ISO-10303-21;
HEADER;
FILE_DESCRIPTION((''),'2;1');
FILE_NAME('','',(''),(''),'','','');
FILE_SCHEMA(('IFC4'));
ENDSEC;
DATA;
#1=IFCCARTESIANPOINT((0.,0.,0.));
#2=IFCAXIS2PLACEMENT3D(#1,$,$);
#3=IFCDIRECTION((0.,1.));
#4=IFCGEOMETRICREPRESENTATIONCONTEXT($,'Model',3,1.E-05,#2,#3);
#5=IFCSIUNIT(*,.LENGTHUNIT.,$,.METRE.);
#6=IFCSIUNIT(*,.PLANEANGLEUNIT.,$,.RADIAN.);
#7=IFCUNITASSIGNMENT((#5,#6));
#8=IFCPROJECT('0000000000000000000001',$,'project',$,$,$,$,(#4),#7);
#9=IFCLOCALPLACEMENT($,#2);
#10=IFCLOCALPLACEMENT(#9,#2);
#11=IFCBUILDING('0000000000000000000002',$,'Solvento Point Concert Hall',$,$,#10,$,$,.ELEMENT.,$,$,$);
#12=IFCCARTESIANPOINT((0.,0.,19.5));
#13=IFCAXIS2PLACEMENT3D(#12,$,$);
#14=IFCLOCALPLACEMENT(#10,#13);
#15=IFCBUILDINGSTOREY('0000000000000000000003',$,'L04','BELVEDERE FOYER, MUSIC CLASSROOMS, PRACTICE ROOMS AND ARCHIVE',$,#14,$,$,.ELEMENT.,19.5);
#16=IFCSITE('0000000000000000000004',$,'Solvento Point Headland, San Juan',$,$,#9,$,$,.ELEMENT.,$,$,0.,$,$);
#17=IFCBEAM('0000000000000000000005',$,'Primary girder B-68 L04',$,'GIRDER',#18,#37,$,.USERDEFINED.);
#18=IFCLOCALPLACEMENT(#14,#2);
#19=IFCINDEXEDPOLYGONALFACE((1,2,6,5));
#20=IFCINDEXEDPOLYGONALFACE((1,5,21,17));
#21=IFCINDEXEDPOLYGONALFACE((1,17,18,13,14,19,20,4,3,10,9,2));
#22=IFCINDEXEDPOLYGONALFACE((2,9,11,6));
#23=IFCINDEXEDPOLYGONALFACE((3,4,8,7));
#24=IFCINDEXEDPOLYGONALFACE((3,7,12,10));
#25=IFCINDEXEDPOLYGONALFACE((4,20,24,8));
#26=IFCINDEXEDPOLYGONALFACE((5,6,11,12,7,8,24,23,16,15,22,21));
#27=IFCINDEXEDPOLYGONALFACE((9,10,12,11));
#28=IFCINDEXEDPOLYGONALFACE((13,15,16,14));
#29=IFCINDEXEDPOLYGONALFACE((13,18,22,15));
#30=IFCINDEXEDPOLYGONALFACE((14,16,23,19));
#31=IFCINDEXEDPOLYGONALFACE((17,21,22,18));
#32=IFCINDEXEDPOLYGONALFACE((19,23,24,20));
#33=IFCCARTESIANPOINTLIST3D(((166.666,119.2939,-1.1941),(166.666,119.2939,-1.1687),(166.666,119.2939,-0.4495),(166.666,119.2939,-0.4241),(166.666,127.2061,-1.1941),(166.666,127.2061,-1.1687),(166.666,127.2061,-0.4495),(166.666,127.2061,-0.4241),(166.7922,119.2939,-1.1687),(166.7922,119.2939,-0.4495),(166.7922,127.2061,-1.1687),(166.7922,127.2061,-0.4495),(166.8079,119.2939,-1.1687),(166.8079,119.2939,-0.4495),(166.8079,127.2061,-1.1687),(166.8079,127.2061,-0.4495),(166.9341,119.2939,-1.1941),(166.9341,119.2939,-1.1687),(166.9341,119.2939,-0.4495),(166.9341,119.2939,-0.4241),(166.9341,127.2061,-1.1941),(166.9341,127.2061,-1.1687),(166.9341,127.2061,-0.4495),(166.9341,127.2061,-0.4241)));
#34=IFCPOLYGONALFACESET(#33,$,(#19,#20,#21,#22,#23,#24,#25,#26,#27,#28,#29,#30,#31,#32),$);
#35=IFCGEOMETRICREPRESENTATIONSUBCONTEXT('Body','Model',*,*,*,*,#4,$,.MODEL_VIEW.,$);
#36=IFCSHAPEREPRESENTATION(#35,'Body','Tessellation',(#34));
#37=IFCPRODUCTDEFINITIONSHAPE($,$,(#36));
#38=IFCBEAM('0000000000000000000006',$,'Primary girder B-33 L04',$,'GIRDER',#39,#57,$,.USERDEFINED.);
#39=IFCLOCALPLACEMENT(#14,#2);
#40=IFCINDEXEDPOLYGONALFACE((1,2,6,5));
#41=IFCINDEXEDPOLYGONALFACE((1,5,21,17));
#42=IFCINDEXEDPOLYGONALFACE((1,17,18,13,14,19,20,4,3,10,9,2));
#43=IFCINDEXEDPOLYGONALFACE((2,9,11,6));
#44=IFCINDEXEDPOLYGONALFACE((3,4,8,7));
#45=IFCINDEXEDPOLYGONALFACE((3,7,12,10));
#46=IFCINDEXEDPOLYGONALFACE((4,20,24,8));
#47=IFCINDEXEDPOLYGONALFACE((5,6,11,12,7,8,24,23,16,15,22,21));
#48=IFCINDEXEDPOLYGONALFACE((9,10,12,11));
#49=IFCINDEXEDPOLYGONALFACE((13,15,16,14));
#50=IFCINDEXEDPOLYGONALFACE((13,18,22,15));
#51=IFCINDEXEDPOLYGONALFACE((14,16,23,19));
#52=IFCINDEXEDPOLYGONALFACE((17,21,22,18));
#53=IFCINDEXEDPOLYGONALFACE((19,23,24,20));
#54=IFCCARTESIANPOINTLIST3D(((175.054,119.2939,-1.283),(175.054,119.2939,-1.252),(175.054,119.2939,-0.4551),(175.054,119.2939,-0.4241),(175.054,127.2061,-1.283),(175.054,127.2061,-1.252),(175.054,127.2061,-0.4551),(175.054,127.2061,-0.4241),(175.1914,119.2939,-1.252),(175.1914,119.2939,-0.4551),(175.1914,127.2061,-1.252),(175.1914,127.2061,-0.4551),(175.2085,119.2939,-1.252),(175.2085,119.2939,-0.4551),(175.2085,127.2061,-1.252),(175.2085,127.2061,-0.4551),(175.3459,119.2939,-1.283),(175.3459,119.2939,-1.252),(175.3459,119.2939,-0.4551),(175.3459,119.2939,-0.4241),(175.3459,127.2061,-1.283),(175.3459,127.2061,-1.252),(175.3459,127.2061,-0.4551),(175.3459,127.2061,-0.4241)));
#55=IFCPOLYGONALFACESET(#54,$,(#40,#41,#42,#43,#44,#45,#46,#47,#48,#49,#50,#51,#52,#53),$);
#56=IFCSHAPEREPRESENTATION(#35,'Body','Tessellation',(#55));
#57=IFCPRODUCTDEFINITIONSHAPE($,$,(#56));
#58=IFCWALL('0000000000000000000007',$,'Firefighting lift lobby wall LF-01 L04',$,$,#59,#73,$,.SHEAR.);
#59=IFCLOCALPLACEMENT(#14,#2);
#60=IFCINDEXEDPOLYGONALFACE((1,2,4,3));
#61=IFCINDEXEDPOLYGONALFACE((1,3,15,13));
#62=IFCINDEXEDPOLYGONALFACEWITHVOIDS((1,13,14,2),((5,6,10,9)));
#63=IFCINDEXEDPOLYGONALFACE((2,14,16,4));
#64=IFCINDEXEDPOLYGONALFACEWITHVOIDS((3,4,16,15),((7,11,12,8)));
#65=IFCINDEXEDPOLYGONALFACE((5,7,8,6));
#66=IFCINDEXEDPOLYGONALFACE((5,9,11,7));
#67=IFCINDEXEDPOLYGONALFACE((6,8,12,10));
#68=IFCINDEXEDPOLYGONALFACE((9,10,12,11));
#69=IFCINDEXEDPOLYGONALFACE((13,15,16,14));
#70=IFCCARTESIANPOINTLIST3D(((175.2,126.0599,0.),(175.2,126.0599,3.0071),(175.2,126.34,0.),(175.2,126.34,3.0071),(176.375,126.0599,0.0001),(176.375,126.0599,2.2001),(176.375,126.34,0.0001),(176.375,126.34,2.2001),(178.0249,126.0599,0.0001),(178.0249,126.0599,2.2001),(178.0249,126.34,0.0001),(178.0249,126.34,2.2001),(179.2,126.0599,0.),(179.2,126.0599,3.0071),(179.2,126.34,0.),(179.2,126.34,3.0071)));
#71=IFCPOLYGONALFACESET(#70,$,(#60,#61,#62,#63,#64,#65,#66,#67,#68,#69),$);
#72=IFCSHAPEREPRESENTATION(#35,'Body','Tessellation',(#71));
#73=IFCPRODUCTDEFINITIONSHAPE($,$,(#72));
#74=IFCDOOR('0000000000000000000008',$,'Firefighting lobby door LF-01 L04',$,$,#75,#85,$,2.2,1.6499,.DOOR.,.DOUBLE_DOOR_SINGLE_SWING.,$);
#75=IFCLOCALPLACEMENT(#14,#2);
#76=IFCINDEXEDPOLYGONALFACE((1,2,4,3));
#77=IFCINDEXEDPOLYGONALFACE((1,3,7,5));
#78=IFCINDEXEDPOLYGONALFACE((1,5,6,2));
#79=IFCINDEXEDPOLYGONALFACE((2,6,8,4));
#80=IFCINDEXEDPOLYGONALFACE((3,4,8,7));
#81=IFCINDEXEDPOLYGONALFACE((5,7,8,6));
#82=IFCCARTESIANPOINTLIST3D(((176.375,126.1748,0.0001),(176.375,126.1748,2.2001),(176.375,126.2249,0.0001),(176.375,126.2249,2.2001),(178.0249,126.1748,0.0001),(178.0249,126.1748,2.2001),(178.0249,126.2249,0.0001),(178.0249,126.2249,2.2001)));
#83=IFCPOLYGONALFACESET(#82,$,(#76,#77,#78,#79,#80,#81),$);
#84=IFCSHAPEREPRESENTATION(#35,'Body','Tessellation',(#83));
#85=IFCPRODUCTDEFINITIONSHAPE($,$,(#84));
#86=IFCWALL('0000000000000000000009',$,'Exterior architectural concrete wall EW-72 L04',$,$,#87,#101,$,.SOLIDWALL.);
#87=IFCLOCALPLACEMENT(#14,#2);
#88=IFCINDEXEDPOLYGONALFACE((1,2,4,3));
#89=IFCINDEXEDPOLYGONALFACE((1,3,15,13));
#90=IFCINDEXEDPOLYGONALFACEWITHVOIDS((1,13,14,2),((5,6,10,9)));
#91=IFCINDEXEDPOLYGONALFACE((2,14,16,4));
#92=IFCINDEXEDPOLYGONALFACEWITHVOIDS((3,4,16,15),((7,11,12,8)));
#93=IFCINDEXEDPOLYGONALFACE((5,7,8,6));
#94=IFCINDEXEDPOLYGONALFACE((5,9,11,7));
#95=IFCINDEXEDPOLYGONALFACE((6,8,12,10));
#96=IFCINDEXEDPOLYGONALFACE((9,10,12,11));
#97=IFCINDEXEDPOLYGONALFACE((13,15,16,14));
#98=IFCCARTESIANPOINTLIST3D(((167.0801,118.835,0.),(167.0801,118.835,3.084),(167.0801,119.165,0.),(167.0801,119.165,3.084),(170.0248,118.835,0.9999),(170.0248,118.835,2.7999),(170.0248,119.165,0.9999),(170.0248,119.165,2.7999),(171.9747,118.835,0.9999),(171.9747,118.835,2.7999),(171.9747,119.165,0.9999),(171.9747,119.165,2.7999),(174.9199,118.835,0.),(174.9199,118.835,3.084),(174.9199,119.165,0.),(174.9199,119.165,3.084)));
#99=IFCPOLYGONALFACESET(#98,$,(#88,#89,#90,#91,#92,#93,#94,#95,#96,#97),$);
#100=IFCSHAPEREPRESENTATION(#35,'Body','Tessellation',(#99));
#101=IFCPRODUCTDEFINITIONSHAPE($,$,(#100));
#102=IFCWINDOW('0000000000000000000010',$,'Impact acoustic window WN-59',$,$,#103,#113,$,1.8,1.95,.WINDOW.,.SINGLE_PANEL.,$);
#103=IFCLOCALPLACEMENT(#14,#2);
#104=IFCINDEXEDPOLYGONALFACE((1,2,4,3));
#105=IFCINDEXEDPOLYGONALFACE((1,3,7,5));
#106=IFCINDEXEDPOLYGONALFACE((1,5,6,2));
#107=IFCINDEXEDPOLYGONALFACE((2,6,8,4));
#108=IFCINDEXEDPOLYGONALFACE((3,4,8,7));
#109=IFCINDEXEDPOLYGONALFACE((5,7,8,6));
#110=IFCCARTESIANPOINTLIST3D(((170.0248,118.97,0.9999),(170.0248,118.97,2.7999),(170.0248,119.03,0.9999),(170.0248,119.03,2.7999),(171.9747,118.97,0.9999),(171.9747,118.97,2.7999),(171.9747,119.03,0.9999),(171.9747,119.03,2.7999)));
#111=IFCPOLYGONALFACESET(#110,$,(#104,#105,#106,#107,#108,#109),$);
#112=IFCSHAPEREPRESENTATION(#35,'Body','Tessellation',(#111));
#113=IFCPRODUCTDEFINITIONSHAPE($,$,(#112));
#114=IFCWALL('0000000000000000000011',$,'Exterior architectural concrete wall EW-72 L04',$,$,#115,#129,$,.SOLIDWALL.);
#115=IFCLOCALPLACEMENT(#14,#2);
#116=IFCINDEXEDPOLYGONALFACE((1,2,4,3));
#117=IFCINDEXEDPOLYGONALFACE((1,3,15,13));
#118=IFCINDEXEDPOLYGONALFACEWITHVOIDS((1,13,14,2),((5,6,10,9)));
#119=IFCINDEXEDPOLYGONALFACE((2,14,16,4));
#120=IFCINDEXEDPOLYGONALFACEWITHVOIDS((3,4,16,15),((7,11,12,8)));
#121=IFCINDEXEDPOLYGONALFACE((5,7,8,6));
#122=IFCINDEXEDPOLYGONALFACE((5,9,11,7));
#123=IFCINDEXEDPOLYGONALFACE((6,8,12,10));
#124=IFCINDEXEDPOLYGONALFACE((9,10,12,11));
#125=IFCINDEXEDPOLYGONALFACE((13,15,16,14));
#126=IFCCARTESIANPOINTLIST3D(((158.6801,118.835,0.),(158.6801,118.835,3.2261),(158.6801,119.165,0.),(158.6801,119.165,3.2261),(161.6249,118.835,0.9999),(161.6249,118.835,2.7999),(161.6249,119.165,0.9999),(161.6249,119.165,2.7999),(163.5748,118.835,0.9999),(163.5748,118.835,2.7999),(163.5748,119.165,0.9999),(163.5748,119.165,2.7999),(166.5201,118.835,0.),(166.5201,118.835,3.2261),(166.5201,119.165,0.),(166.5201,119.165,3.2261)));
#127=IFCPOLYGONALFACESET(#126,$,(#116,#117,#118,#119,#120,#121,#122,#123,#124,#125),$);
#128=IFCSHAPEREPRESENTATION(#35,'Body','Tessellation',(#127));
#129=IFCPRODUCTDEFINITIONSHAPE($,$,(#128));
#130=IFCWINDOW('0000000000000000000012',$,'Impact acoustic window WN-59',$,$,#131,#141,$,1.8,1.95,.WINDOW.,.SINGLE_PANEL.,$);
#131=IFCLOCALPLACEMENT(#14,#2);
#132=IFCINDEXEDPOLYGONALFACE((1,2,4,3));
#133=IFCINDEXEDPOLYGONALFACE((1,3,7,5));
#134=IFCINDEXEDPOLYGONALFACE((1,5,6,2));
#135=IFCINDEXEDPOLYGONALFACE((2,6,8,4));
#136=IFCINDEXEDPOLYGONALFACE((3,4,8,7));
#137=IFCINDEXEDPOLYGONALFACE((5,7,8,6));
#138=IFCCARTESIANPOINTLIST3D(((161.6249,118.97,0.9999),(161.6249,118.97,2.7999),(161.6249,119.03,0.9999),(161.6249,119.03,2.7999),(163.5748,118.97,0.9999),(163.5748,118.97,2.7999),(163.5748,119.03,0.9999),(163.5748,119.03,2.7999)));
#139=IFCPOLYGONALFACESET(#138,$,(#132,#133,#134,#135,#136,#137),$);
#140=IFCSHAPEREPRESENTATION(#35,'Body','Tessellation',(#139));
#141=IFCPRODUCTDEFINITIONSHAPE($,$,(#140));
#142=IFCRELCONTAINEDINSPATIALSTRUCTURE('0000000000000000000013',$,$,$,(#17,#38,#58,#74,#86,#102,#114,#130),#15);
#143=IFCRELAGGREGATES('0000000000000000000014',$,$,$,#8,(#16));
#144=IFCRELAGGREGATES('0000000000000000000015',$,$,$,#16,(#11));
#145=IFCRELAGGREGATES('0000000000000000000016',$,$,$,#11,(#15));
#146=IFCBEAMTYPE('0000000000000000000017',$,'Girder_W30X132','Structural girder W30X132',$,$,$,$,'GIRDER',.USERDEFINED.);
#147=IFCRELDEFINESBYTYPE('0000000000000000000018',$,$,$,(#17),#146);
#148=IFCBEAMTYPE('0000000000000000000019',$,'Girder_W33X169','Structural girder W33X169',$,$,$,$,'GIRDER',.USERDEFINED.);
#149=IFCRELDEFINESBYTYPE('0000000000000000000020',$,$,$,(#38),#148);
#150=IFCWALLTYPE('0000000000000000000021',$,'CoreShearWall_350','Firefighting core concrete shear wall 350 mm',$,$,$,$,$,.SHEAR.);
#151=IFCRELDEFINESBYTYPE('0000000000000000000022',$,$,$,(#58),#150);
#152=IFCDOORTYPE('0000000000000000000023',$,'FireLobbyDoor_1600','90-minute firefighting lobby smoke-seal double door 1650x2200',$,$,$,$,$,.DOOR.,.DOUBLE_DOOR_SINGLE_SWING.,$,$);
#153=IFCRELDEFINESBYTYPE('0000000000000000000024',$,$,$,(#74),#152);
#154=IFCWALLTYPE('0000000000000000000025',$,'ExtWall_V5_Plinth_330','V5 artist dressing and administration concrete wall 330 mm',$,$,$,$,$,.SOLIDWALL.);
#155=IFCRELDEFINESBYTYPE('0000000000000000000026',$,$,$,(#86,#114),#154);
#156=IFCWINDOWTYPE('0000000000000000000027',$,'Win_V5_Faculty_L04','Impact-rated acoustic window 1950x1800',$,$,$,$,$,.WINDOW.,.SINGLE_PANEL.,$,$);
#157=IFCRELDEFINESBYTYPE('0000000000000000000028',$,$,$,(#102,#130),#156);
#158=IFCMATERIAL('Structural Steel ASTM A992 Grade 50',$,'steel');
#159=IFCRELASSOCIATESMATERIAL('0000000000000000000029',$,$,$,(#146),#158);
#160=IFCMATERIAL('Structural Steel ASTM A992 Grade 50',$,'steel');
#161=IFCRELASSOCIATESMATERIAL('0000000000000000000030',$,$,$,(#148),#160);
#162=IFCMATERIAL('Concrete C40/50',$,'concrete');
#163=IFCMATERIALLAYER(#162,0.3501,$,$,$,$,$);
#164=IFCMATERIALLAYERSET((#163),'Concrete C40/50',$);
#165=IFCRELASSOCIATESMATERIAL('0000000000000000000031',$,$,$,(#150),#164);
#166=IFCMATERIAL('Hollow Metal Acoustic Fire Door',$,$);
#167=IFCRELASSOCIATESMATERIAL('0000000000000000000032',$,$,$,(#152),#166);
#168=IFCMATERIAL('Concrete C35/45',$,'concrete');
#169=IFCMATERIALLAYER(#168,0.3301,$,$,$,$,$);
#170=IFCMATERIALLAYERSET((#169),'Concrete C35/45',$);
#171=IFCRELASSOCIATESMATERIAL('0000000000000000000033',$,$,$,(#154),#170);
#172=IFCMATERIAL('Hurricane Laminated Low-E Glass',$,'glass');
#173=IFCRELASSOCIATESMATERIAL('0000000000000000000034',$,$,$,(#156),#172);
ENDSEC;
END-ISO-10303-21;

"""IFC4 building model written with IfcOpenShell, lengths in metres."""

from ifc_helpers import new_model, si_unit, direction, frame, frame_2d, origin, origin_2d, place, context, subcontext, project, spatial, rectangle, i_section, extrude, material, layer, layer_set, material_profile, profile_set, type_object, element, fill, save


model = new_model("IFC4")

# Units and contexts
model_context = context("Model", 3, precision=1e-05, world=origin(), true_north=direction((0.0, 1.0)))
body_context = subcontext(model_context, "Body", "Model", "MODEL_VIEW")
ifc_project = project(units=[si_unit("LENGTHUNIT", "METRE"), si_unit("PLANEANGLEUNIT", "RADIAN")], contexts=[model_context])

# Site, building, storey
site_placement = place(None, origin())
site = spatial("IfcSite", under=ifc_project, at=site_placement, Name="Solvento Point Headland, San Juan", CompositionType="ELEMENT", RefElevation=0.0)
building_placement = place(site_placement, origin())
building = spatial("IfcBuilding", under=site, at=building_placement, Name="Solvento Point Concert Hall", CompositionType="ELEMENT")
storey_placement = place(building_placement, frame((0.0, 0.0, 19.5)))
storey = spatial("IfcBuildingStorey", under=building, at=storey_placement, Name="L04", Description="BELVEDERE FOYER, MUSIC CLASSROOMS, PRACTICE ROOMS AND ARCHIVE", CompositionType="ELEMENT", Elevation=19.5)

# Beams
ifc_material_1 = material(Name="Structural Steel ASTM A992 Grade 50", Category="steel")
ifc_material_profile_1 = material_profile(ifc_material_1, i_section(OverallWidth=0.2681, OverallDepth=0.77, WebThickness=0.0156, FlangeThickness=0.0254, at=origin_2d()), Name="W30X132")
ifc_profile_set_1 = profile_set([ifc_material_profile_1], Name="Structural Steel ASTM A992 Grade 50")
beam_type_1 = type_object("IfcBeamType", Name="Girder_W30X132", Description="Structural girder W30X132", ElementType="GIRDER", PredefinedType="USERDEFINED", material=ifc_profile_set_1)
beam_1_placement = place(storey_placement, frame((166.8, 119.2939, -0.8091), z_axis=(0.0, 1.0, 0.0), x_axis=(-1.0, 0.0, 0.0)))
element("IfcBeam", 1, at=beam_1_placement, inside=storey, type_object=beam_type_1, Name="Primary girder B-68 L04", ObjectType="GIRDER", PredefinedType="USERDEFINED", context=body_context, shape_type="SweptSolid", body=[
    extrude(i_section(OverallWidth=0.2681, OverallDepth=0.77, WebThickness=0.0156, FlangeThickness=0.0254, at=origin_2d()), origin(), (0.0, 0.0, 1.0), 7.9121),
])
ifc_material_2 = material(Name="Structural Steel ASTM A992 Grade 50", Category="steel")
ifc_material_profile_2 = material_profile(ifc_material_2, i_section(OverallWidth=0.292, OverallDepth=0.8589, WebThickness=0.0171, FlangeThickness=0.031, at=origin_2d()), Name="W33X169")
ifc_profile_set_2 = profile_set([ifc_material_profile_2], Name="Structural Steel ASTM A992 Grade 50")
beam_type_2 = type_object("IfcBeamType", Name="Girder_W33X169", Description="Structural girder W33X169", ElementType="GIRDER", PredefinedType="USERDEFINED", material=ifc_profile_set_2)
beam_2_placement = place(storey_placement, frame((175.2, 119.2939, -0.8535), z_axis=(0.0, 1.0, 0.0), x_axis=(-1.0, 0.0, 0.0)))
element("IfcBeam", 2, at=beam_2_placement, inside=storey, type_object=beam_type_2, Name="Primary girder B-33 L04", ObjectType="GIRDER", PredefinedType="USERDEFINED", context=body_context, shape_type="SweptSolid", body=[
    extrude(i_section(OverallWidth=0.292, OverallDepth=0.8589, WebThickness=0.0171, FlangeThickness=0.031, at=origin_2d()), origin(), (0.0, 0.0, 1.0), 7.9121),
])

# Wall, opening, door
ifc_material_3 = material(Name="Concrete C40/50", Category="concrete")
ifc_layer_1 = layer(ifc_material_3, 0.3501)
ifc_layer_set_1 = layer_set([ifc_layer_1], Name="Concrete C40/50")
wall_type_1 = type_object("IfcWallType", Name="CoreShearWall_350", Description="Firefighting core concrete shear wall 350 mm", PredefinedType="SHEAR", material=ifc_layer_set_1)
wall_1_placement = place(storey_placement, frame((175.2, 126.2, 0.0), z_axis=(0.0, 0.0, 1.0), x_axis=(1.0, 0.0, 0.0)))
wall_1 = element("IfcWall", 3, at=wall_1_placement, inside=storey, type_object=wall_type_1, Name="Firefighting lift lobby wall LF-01 L04", PredefinedType="SHEAR", context=body_context, shape_type="SweptSolid", body=[
    extrude(rectangle(XDim=4.0, YDim=0.28, at=frame_2d((2.0, 0.0))), origin(), (0.0, 0.0, 1.0), 3.0071),
])
opening_1_placement = place(wall_1_placement, frame((1.175, 0.0, 0.0)))
opening_1 = element("IfcOpeningElement", 4, at=opening_1_placement, cuts=wall_1, PredefinedType="OPENING", context=body_context, shape_type="SweptSolid", body=[
    extrude(rectangle(XDim=1.6499, YDim=2.2, at=frame_2d((0.825, 1.1001))), frame((0.0, 0.1499, 0.0), z_axis=(0.0, -1.0, 0.0), x_axis=(1.0, 0.0, 0.0)), (0.0, 0.0, 1.0), 0.3),
])
ifc_material_4 = material(Name="Hollow Metal Acoustic Fire Door")
door_type = type_object("IfcDoorType", Name="FireLobbyDoor_1600", Description="90-minute firefighting lobby smoke-seal double door 1650x2200", OperationType="DOUBLE_DOOR_SINGLE_SWING", PredefinedType="DOOR", material=ifc_material_4)
door_placement = place(opening_1_placement, origin())
door = element("IfcDoor", 5, at=door_placement, inside=storey, type_object=door_type, Name="Firefighting lobby door LF-01 L04", OperationType="DOUBLE_DOOR_SINGLE_SWING", OverallHeight=2.2, OverallWidth=1.6499, PredefinedType="DOOR", context=body_context, shape_type="SweptSolid", body=[
    extrude(rectangle(XDim=1.6499, YDim=2.2, at=frame_2d((0.825, 1.1001))), frame((0.0, 0.0249, 0.0), z_axis=(0.0, -1.0, 0.0), x_axis=(1.0, 0.0, 0.0)), (0.0, 0.0, 1.0), 0.05),
])
fill(opening_1, door)

# Walls, openings, windows
ifc_material_5 = material(Name="Concrete C35/45", Category="concrete")
ifc_layer_2 = layer(ifc_material_5, 0.3301)
ifc_layer_set_2 = layer_set([ifc_layer_2], Name="Concrete C35/45")
wall_type_2 = type_object("IfcWallType", Name="ExtWall_V5_Plinth_330", Description="V5 artist dressing and administration concrete wall 330 mm", PredefinedType="SOLIDWALL", material=ifc_layer_set_2)
wall_2_placement = place(storey_placement, frame((174.9199, 119.0, 0.0), z_axis=(0.0, 0.0, 1.0), x_axis=(-1.0, 0.0, 0.0)))
wall_2 = element("IfcWall", 6, at=wall_2_placement, inside=storey, type_object=wall_type_2, Name="Exterior architectural concrete wall EW-72 L04", PredefinedType="SOLIDWALL", context=body_context, shape_type="SweptSolid", body=[
    extrude(rectangle(XDim=7.8398, YDim=0.3301, at=frame_2d((3.9199, 0.0))), origin(), (0.0, 0.0, 1.0), 3.084),
])
opening_2_placement = place(wall_2_placement, frame((2.9451, 0.0, 1.0)))
opening_2 = element("IfcOpeningElement", 7, at=opening_2_placement, cuts=wall_2, PredefinedType="OPENING", context=body_context, shape_type="SweptSolid", body=[
    extrude(rectangle(XDim=1.95, YDim=1.8, at=frame_2d((0.9751, 0.8999))), frame((0.0, 0.175, 0.0), z_axis=(0.0, -1.0, 0.0), x_axis=(1.0, 0.0, 0.0)), (0.0, 0.0, 1.0), 0.3501),
])
ifc_material_6 = material(Name="Hurricane Laminated Low-E Glass", Category="glass")
window_type = type_object("IfcWindowType", Name="Win_V5_Faculty_L04", Description="Impact-rated acoustic window 1950x1800", PartitioningType="SINGLE_PANEL", PredefinedType="WINDOW", material=ifc_material_6)
window_1_placement = place(opening_2_placement, origin())
window_1 = element("IfcWindow", 8, at=window_1_placement, inside=storey, type_object=window_type, Name="Impact acoustic window WN-59", OverallHeight=1.8, OverallWidth=1.95, PartitioningType="SINGLE_PANEL", PredefinedType="WINDOW", context=body_context, shape_type="SweptSolid", body=[
    extrude(rectangle(XDim=1.95, YDim=1.8, at=frame_2d((0.9751, 0.8999))), frame((0.0, 0.03, 0.0), z_axis=(0.0, -1.0, 0.0), x_axis=(1.0, 0.0, 0.0)), (0.0, 0.0, 1.0), 0.0601),
])
fill(opening_2, window_1)
wall_3_placement = place(storey_placement, frame((166.52, 119.0, 0.0), z_axis=(0.0, 0.0, 1.0), x_axis=(-1.0, 0.0, 0.0)))
wall_3 = element("IfcWall", 9, at=wall_3_placement, inside=storey, type_object=wall_type_2, Name="Exterior architectural concrete wall EW-72 L04", PredefinedType="SOLIDWALL", context=body_context, shape_type="SweptSolid", body=[
    extrude(rectangle(XDim=7.8401, YDim=0.3301, at=frame_2d((3.9199, 0.0))), origin(), (0.0, 0.0, 1.0), 3.2261),
])
opening_3_placement = place(wall_3_placement, frame((2.9451, 0.0, 1.0)))
opening_3 = element("IfcOpeningElement", 10, at=opening_3_placement, cuts=wall_3, PredefinedType="OPENING", context=body_context, shape_type="SweptSolid", body=[
    extrude(rectangle(XDim=1.95, YDim=1.8, at=frame_2d((0.9751, 0.8999))), frame((0.0, 0.175, 0.0), z_axis=(0.0, -1.0, 0.0), x_axis=(1.0, 0.0, 0.0)), (0.0, 0.0, 1.0), 0.3501),
])
window_2_placement = place(opening_3_placement, origin())
window_2 = element("IfcWindow", 11, at=window_2_placement, inside=storey, type_object=window_type, Name="Impact acoustic window WN-59", OverallHeight=1.8, OverallWidth=1.95, PartitioningType="SINGLE_PANEL", PredefinedType="WINDOW", context=body_context, shape_type="SweptSolid", body=[
    extrude(rectangle(XDim=1.95, YDim=1.8, at=frame_2d((0.9751, 0.8999))), frame((0.0, 0.03, 0.0), z_axis=(0.0, -1.0, 0.0), x_axis=(1.0, 0.0, 0.0)), (0.0, 0.0, 1.0), 0.0601),
])
fill(opening_3, window_2)

save(model, "model.ifc")
